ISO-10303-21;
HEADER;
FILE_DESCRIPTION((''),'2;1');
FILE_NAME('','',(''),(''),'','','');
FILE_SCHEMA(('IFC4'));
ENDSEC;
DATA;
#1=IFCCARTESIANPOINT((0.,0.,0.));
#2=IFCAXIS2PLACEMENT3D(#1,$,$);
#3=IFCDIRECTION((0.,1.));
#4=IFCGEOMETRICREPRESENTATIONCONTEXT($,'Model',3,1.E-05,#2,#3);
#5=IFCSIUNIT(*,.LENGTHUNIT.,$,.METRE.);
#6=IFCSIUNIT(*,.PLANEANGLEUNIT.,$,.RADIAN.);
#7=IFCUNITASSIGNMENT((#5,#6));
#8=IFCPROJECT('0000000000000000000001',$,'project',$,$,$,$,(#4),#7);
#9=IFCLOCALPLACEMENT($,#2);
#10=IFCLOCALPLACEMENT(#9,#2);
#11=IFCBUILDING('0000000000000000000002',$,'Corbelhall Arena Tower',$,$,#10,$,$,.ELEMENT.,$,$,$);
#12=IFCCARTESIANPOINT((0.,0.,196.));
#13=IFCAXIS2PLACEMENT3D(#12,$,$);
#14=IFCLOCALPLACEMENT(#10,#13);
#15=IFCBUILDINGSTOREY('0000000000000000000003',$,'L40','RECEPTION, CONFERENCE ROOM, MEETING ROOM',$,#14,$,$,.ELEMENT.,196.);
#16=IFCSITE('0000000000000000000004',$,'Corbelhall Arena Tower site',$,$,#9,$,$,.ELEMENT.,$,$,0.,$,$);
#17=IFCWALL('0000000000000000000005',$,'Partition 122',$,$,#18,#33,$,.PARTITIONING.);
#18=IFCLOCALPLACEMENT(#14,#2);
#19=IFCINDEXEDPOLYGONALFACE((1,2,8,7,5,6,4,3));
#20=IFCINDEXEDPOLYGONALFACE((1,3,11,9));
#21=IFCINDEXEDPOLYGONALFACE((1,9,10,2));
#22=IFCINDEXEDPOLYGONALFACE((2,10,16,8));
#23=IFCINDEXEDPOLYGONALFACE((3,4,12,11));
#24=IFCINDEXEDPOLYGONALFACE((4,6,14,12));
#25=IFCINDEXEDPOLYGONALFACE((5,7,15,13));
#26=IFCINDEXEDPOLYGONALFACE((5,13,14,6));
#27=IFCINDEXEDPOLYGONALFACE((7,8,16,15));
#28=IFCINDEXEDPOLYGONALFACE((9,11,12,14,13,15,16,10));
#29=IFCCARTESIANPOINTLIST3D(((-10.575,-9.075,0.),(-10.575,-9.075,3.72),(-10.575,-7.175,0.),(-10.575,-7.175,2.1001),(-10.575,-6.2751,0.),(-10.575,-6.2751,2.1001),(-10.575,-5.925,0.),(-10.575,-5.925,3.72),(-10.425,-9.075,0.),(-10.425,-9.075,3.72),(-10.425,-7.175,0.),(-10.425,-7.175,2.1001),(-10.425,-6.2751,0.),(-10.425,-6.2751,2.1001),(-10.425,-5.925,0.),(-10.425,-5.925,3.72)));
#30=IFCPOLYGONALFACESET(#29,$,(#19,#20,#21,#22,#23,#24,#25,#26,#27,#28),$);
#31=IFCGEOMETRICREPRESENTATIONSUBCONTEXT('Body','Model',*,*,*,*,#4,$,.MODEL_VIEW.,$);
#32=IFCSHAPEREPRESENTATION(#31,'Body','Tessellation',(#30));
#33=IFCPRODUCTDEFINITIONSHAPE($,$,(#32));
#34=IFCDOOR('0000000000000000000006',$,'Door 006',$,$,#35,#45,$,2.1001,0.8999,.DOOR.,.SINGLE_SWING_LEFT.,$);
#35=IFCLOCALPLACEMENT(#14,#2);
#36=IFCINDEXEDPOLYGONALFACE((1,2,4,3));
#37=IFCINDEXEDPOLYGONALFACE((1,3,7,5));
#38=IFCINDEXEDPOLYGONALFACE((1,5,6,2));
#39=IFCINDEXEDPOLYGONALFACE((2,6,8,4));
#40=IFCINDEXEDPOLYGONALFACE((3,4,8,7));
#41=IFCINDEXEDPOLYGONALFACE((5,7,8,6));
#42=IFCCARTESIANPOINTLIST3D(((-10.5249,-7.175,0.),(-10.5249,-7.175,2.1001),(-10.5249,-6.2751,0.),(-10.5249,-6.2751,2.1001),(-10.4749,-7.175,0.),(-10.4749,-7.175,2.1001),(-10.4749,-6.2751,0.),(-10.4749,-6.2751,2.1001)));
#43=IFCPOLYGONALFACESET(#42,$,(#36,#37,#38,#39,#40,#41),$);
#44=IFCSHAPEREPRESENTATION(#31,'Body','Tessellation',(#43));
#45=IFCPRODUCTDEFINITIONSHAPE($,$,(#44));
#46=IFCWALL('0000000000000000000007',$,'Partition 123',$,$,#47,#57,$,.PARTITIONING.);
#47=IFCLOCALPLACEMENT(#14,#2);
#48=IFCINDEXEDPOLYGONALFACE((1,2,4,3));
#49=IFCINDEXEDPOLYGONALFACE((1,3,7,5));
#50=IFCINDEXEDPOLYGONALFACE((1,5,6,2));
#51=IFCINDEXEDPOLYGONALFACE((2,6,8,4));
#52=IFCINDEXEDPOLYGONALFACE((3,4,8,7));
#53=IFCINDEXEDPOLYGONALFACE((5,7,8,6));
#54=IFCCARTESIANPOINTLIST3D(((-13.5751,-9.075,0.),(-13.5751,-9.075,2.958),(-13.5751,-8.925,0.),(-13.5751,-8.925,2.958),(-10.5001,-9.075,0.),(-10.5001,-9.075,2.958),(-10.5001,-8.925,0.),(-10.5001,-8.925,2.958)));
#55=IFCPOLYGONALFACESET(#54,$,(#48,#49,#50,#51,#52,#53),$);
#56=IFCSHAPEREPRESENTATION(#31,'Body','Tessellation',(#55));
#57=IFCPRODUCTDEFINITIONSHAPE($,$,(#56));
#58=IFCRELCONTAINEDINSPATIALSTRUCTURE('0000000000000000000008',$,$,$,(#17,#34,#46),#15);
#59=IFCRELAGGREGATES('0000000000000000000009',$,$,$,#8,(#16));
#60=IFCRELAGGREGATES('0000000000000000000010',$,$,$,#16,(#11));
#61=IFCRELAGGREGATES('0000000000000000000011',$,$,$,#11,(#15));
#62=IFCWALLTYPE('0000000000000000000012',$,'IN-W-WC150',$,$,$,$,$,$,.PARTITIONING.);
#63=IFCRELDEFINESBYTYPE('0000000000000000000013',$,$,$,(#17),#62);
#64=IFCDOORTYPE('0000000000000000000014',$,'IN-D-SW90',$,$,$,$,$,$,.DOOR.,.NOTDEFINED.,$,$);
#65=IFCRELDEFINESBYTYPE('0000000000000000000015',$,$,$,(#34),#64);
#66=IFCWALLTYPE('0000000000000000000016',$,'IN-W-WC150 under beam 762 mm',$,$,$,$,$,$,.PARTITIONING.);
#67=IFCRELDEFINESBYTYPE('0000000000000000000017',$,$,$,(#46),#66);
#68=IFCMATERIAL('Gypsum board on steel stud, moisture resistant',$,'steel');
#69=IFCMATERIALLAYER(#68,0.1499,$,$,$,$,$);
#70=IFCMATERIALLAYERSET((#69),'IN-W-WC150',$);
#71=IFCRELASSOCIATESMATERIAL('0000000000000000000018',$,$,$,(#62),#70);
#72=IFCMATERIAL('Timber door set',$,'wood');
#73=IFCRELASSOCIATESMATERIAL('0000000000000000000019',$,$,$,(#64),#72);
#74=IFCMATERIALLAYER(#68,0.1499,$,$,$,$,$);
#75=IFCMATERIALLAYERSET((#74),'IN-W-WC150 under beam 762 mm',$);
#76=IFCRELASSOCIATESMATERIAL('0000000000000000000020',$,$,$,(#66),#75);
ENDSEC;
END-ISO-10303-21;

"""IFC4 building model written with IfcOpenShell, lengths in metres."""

from ifc_helpers import new_model, si_unit, direction, frame, frame_2d, origin, place, context, subcontext, project, spatial, rectangle, extrude, material, layer, layer_set, type_object, element, fill, save


model = new_model("IFC4")

# Units and contexts
model_context = context("Model", 3, precision=1e-05, world=origin(), true_north=direction((0.0, 1.0)))
body_context = subcontext(model_context, "Body", "Model", "MODEL_VIEW")
ifc_project = project(units=[si_unit("LENGTHUNIT", "METRE"), si_unit("PLANEANGLEUNIT", "RADIAN")], contexts=[model_context])

# Site, building, storey
site_placement = place(None, origin())
site = spatial("IfcSite", under=ifc_project, at=site_placement, Name="Corbelhall Arena Tower site", CompositionType="ELEMENT", RefElevation=0.0)
building_placement = place(site_placement, origin())
building = spatial("IfcBuilding", under=site, at=building_placement, Name="Corbelhall Arena Tower", CompositionType="ELEMENT")
storey_placement = place(building_placement, frame((0.0, 0.0, 196.0)))
storey = spatial("IfcBuildingStorey", under=building, at=storey_placement, Name="L40", Description="RECEPTION, CONFERENCE ROOM, MEETING ROOM", CompositionType="ELEMENT", Elevation=196.0)

# Shared definitions
ifc_material_1 = material(Name="Gypsum board on steel stud, moisture resistant", Category="steel")
ifc_layer_1 = layer(ifc_material_1, 0.1499)
ifc_layer_set_1 = layer_set([ifc_layer_1], Name="IN-W-WC150")
wall_type_1 = type_object("IfcWallType", Name="IN-W-WC150", PredefinedType="PARTITIONING", material=ifc_layer_set_1)

# Wall, opening, door
wall_1_placement = place(storey_placement, frame((-10.5, -9.075, 0.0), z_axis=(0.0, 0.0, 1.0), x_axis=(0.0, 1.0, 0.0)))
wall_1 = element("IfcWall", 1, at=wall_1_placement, inside=storey, type_object=wall_type_1, Name="Partition 122", PredefinedType="PARTITIONING", context=body_context, shape_type="SweptSolid", body=[
    extrude(rectangle(XDim=3.1499, YDim=0.1499, at=frame_2d((1.575, 0.0))), origin(), (0.0, 0.0, 1.0), 3.72),
])
opening_1_placement = place(wall_1_placement, frame((1.8999, 0.0, 0.0)))
opening_1 = element("IfcOpeningElement", 2, at=opening_1_placement, cuts=wall_1, PredefinedType="OPENING", context=body_context, shape_type="SweptSolid", body=[
    extrude(rectangle(XDim=0.8999, YDim=2.1001, at=frame_2d((0.45, 1.05))), frame((0.0, 0.075, 0.0), z_axis=(0.0, -1.0, 0.0), x_axis=(1.0, 0.0, 0.0)), (0.0, 0.0, 1.0), 0.1499),
])
ifc_material_2 = material(Name="Timber door set", Category="wood")
door_type_1 = type_object("IfcDoorType", Name="IN-D-SW90", OperationType="NOTDEFINED", PredefinedType="DOOR", material=ifc_material_2)
door_1_placement = place(opening_1_placement, origin())
door_1 = element("IfcDoor", 3, at=door_1_placement, inside=storey, type_object=door_type_1, Name="Door 006", OperationType="SINGLE_SWING_LEFT", OverallHeight=2.1001, OverallWidth=0.8999, PredefinedType="DOOR", context=body_context, shape_type="SweptSolid", body=[
    extrude(rectangle(XDim=0.8999, YDim=2.1001, at=frame_2d((0.45, 1.05))), frame((0.0, 0.0249, 0.0), z_axis=(0.0, -1.0, 0.0), x_axis=(1.0, 0.0, 0.0)), (0.0, 0.0, 1.0), 0.05),
])
fill(opening_1, door_1)

# Wall
ifc_layer_2 = layer(ifc_material_1, 0.1499)
ifc_layer_set_2 = layer_set([ifc_layer_2], Name="IN-W-WC150 under beam 762 mm")
wall_type_2 = type_object("IfcWallType", Name="IN-W-WC150 under beam 762 mm", PredefinedType="PARTITIONING", material=ifc_layer_set_2)
wall_2_placement = place(storey_placement, frame((-10.5, -9.0, 0.0), z_axis=(0.0, 0.0, 1.0), x_axis=(-1.0, 0.0, 0.0)))
element("IfcWall", 4, at=wall_2_placement, inside=storey, type_object=wall_type_2, Name="Partition 123", PredefinedType="PARTITIONING", context=body_context, shape_type="SweptSolid", body=[
    extrude(rectangle(XDim=3.075, YDim=0.1499, at=frame_2d((1.5376, 0.0))), origin(), (0.0, 0.0, 1.0), 2.958),
])

save(model, "model.ifc")
